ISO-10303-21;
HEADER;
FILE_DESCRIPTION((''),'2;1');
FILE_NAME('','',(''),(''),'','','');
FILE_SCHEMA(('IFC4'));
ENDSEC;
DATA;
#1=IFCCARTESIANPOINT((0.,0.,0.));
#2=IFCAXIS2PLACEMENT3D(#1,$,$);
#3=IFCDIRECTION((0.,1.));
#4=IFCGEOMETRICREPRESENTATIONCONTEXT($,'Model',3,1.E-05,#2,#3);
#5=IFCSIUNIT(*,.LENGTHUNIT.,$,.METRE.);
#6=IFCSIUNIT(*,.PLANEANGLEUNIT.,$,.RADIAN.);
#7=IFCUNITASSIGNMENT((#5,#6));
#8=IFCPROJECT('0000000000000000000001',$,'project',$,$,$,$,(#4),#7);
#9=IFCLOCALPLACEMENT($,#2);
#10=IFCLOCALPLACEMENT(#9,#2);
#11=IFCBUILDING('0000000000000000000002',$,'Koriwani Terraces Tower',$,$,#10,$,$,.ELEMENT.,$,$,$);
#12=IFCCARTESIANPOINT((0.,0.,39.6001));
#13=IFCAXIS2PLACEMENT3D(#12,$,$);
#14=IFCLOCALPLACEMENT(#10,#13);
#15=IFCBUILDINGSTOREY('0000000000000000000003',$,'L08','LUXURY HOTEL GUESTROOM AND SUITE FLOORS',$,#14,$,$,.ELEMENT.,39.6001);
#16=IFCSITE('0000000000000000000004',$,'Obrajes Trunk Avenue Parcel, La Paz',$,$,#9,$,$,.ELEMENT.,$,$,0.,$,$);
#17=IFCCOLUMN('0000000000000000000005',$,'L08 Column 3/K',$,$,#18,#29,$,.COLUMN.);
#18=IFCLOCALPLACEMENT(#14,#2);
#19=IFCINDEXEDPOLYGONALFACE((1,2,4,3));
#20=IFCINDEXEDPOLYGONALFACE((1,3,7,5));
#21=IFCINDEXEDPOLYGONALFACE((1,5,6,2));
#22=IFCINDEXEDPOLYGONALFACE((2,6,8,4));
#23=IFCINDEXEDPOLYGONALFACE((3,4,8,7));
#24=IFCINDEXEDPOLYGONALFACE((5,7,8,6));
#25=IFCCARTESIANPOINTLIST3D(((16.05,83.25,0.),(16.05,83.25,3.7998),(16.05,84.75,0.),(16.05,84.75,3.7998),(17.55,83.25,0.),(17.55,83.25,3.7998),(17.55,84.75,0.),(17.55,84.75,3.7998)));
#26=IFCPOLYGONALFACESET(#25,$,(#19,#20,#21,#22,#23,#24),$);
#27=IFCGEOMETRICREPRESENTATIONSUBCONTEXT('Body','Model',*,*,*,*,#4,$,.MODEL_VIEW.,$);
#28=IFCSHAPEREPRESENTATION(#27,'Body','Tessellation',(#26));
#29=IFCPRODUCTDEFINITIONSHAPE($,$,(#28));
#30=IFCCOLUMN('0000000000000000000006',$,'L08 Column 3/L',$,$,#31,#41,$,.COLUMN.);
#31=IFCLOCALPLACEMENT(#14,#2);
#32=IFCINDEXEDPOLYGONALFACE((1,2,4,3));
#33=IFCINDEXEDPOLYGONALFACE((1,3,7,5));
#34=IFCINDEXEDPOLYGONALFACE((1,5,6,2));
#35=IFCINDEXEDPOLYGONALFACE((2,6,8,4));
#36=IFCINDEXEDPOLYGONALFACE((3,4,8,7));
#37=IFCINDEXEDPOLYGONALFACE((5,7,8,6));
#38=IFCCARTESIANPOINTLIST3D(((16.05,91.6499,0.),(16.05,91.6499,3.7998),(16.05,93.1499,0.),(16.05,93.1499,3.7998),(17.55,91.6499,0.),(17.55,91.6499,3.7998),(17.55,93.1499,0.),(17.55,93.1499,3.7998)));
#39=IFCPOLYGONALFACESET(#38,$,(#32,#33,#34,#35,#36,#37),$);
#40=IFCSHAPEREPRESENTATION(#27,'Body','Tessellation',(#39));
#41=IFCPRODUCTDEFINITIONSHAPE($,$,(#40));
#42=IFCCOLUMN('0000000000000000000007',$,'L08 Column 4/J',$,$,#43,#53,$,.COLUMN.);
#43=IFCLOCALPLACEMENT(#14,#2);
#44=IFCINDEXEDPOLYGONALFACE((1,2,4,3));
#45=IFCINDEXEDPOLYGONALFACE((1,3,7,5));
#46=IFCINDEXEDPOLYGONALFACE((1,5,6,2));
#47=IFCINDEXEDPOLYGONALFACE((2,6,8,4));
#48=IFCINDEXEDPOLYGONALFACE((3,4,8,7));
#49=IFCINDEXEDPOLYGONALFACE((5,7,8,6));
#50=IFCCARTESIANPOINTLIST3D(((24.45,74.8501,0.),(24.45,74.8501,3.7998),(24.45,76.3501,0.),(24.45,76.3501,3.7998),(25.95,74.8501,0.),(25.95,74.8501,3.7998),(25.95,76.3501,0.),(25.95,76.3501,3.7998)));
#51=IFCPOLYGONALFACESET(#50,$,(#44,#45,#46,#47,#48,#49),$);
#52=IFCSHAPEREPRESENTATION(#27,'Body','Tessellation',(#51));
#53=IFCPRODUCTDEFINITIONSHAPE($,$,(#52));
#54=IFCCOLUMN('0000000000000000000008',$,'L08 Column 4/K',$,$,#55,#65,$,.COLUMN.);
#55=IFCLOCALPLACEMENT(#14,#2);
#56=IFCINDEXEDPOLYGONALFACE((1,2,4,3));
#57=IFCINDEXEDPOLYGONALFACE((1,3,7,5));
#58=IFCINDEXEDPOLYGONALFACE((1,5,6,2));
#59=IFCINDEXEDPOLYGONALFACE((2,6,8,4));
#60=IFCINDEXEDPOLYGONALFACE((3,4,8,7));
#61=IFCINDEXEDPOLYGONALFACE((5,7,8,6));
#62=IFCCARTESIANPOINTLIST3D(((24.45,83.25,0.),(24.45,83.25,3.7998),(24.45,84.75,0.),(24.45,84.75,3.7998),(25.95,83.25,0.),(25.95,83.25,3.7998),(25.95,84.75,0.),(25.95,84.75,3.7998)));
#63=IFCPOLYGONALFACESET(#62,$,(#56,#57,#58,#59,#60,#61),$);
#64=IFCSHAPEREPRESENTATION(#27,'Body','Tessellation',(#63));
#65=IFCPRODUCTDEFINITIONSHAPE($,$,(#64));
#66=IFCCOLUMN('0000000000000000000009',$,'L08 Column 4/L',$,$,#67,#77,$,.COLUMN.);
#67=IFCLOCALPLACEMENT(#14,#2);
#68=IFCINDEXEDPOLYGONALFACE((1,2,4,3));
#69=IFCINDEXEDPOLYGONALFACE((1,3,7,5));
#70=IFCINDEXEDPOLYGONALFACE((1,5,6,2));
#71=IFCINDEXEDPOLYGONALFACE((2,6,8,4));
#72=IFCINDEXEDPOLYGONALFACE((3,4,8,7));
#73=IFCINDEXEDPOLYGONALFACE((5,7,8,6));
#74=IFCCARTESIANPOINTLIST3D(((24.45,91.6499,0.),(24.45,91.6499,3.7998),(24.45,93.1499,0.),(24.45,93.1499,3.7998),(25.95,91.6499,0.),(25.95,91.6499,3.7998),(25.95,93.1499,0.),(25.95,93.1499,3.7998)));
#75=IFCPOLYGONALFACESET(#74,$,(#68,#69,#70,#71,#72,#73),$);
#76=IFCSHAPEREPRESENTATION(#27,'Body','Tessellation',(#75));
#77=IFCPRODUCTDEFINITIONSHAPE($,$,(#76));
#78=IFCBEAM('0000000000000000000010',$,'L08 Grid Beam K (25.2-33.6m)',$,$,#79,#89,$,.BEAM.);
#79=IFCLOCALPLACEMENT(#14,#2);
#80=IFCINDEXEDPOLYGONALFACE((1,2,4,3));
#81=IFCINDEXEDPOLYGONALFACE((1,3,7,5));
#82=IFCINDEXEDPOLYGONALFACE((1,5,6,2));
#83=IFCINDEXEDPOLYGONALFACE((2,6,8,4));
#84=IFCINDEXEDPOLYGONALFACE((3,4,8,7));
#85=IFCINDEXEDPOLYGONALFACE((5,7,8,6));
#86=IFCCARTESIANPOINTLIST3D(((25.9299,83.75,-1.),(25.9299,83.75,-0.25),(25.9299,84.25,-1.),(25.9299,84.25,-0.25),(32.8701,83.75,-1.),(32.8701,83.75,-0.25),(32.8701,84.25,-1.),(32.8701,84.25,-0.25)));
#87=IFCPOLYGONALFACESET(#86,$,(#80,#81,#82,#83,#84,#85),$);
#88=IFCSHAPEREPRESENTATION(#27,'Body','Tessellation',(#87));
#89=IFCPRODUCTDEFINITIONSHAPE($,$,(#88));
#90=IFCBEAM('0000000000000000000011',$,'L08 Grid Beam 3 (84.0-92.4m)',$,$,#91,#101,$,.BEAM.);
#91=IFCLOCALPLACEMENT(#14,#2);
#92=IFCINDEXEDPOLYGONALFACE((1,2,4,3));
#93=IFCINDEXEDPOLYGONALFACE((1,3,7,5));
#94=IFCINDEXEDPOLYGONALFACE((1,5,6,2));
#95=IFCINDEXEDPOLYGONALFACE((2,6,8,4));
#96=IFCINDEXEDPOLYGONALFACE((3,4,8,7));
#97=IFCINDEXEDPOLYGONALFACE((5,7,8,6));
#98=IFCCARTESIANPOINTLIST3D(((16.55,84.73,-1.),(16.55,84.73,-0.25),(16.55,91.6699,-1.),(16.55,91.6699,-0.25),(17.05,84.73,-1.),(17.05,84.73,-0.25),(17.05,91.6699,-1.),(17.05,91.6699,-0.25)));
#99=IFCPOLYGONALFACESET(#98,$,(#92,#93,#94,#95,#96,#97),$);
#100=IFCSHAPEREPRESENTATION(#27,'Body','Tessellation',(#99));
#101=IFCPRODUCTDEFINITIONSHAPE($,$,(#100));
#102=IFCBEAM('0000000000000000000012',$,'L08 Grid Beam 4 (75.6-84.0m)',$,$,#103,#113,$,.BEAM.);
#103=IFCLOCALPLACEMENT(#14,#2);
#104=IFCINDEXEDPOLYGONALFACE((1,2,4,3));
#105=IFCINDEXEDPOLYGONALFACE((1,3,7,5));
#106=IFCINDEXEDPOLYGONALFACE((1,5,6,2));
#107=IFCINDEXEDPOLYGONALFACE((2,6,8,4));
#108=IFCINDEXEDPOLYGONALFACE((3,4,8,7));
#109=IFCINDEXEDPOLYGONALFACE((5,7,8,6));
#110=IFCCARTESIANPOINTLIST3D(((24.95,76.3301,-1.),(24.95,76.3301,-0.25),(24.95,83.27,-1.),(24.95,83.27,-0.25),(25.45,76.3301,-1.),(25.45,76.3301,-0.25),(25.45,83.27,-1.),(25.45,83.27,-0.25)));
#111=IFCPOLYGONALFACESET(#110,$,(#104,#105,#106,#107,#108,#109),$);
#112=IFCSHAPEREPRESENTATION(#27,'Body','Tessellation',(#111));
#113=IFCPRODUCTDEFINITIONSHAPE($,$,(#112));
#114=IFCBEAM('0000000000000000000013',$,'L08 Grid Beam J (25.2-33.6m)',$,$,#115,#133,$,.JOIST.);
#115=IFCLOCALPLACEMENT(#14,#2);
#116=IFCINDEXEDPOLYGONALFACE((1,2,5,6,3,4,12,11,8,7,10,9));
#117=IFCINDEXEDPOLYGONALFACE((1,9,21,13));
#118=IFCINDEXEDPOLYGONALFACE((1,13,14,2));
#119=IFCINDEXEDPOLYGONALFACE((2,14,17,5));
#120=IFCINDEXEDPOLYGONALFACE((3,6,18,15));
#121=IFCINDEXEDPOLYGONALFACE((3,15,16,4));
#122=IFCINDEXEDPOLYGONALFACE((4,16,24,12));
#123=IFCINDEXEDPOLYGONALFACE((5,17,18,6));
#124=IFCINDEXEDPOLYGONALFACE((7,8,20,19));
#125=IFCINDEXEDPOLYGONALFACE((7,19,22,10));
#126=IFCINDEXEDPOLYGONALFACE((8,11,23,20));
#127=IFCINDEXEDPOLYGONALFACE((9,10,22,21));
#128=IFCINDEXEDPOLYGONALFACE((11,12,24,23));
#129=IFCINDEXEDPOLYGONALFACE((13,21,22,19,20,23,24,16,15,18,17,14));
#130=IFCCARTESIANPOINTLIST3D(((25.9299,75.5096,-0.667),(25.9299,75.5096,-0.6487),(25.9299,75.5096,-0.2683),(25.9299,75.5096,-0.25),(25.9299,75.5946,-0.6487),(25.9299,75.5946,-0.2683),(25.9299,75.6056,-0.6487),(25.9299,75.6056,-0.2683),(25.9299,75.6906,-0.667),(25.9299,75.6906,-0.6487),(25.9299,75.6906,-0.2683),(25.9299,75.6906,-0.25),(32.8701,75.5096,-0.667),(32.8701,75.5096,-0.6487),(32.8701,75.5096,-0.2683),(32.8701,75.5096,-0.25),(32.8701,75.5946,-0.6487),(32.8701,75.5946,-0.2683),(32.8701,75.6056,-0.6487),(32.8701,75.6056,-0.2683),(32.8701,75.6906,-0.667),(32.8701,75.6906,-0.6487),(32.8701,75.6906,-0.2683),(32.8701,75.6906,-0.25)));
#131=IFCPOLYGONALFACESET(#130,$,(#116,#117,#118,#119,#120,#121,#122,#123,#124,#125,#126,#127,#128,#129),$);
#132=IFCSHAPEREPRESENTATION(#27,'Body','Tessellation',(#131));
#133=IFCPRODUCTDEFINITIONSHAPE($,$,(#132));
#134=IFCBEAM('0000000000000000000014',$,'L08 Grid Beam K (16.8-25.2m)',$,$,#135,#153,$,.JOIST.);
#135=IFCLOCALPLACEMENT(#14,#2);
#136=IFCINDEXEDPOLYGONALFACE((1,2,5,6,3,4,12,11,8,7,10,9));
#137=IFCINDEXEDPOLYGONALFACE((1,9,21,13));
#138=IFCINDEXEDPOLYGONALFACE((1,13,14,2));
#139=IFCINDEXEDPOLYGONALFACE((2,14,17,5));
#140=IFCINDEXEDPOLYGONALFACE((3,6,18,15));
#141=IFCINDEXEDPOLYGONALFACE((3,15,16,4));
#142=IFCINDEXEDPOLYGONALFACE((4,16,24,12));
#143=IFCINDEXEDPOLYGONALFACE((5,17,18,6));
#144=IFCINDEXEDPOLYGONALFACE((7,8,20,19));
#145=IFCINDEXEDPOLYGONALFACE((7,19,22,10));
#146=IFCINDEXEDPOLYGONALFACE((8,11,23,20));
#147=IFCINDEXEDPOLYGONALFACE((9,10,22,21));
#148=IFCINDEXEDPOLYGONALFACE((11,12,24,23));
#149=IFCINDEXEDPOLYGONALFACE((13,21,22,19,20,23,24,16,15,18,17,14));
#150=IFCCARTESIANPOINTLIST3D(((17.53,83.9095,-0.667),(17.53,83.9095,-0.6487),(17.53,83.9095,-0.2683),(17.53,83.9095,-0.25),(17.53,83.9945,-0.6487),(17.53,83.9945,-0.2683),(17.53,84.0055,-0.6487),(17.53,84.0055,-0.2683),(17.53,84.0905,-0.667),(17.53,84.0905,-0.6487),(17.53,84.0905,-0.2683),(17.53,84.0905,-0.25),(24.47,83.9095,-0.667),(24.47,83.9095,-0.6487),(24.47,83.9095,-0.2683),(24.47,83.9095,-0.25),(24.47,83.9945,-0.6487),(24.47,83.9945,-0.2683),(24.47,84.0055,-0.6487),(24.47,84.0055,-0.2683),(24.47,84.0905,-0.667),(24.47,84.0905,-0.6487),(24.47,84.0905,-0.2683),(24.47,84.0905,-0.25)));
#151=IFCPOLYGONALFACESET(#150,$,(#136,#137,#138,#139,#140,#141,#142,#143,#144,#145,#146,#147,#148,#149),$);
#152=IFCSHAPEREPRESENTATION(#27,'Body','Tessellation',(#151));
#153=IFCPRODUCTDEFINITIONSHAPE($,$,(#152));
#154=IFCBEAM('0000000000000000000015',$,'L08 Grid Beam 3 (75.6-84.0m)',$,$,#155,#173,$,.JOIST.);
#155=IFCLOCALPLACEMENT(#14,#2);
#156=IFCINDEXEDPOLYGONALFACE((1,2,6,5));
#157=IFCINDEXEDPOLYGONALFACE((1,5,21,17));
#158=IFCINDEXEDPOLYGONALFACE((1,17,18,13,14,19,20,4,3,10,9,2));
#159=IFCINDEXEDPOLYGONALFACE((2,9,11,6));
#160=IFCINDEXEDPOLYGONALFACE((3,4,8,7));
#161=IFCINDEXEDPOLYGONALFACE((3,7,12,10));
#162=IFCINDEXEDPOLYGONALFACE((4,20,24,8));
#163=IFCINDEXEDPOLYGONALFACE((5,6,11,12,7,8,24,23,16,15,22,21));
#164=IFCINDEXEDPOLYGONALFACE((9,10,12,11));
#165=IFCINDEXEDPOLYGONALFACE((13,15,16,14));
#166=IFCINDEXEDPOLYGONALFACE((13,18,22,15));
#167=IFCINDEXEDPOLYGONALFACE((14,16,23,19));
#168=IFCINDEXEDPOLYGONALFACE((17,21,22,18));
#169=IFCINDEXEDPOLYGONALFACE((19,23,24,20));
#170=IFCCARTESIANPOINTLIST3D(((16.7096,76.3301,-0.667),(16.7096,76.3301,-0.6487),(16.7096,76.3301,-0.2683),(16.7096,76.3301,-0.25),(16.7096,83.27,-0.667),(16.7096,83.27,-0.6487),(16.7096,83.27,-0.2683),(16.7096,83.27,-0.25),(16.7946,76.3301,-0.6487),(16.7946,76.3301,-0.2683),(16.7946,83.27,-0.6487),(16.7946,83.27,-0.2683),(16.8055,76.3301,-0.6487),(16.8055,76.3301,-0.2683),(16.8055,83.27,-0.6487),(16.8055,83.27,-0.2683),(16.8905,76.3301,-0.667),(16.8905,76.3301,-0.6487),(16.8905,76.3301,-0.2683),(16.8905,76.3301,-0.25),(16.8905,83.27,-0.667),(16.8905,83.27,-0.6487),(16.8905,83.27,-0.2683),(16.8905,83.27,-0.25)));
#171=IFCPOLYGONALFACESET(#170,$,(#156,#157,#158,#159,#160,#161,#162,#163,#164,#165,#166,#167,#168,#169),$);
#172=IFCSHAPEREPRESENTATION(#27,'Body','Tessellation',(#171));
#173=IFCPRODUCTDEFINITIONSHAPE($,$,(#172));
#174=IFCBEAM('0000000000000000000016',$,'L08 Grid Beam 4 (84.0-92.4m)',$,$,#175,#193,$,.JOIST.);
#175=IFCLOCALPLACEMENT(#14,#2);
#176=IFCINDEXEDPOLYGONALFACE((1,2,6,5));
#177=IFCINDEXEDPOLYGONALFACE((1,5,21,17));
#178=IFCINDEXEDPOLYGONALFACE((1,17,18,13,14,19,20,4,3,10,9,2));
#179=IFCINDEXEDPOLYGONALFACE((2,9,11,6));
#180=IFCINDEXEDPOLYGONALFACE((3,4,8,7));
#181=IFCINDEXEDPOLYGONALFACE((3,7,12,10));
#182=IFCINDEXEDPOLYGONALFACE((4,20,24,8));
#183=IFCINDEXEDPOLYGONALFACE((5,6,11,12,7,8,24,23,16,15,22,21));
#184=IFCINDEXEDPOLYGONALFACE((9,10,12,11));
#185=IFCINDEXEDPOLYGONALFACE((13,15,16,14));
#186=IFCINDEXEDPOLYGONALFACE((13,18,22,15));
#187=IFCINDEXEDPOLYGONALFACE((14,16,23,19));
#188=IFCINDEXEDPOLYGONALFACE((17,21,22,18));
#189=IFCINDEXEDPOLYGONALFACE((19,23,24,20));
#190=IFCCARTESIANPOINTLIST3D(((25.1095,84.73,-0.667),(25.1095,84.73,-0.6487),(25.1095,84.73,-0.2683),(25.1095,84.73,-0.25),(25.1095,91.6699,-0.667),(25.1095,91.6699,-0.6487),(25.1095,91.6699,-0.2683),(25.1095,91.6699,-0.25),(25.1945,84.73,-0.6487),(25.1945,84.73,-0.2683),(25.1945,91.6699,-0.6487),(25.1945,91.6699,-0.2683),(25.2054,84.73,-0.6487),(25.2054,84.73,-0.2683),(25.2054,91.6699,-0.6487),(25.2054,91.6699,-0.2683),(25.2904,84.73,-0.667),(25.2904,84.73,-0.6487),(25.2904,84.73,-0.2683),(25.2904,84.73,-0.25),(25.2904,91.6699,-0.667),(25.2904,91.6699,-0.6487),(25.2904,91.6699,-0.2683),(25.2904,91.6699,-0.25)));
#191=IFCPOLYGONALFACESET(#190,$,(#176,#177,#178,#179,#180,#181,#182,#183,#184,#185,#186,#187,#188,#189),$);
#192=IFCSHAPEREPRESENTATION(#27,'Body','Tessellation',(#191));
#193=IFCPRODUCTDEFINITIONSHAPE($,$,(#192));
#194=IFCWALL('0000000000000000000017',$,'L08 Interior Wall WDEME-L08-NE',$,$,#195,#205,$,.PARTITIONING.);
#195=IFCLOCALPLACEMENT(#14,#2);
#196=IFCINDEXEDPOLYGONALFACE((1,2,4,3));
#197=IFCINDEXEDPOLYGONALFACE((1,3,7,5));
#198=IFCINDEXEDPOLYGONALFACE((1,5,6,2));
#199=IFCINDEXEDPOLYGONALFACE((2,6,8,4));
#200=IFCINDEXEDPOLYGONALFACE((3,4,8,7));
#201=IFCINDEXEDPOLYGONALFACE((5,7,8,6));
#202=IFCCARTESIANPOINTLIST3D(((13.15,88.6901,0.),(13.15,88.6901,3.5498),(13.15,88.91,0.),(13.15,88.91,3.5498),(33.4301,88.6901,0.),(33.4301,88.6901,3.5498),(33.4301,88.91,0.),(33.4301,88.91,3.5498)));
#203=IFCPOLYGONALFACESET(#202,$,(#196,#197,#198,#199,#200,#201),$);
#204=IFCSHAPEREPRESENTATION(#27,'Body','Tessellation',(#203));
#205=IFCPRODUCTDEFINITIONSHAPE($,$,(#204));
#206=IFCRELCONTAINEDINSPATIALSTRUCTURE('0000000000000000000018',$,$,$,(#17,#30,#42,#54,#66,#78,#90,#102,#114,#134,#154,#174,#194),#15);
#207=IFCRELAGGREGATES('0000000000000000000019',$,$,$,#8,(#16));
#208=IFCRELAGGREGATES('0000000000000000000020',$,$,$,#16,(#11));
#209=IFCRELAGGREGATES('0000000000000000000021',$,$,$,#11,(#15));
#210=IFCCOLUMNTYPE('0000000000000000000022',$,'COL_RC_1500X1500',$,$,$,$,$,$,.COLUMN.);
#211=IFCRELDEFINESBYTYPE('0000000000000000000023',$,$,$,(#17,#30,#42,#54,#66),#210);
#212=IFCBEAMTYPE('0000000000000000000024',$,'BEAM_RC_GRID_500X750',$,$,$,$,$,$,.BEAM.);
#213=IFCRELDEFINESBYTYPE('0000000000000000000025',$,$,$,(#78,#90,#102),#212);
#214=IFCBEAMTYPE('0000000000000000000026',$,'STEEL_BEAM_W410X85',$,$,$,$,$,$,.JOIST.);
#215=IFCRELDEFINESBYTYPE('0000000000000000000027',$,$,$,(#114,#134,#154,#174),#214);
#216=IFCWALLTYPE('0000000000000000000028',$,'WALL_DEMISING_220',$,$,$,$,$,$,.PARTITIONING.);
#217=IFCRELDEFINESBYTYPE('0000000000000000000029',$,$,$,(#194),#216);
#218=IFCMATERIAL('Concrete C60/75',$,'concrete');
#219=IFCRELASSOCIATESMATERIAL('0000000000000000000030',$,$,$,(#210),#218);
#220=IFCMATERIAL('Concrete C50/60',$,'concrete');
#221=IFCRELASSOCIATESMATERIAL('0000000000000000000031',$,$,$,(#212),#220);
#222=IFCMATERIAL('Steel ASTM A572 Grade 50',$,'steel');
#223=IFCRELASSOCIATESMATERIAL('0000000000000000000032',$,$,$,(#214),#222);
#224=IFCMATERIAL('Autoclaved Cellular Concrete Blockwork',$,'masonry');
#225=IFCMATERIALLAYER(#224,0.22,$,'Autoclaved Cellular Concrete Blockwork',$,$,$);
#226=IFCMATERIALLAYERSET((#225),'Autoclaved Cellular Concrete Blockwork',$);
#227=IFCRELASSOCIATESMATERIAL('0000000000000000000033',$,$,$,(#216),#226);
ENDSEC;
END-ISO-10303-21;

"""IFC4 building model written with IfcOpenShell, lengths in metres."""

from ifc_helpers import new_model, si_unit, direction, frame, frame_2d, origin, origin_2d, place, context, subcontext, project, spatial, rectangle, i_section, extrude, material, layer, layer_set, material_profile, profile_set, type_object, element, save


model = new_model("IFC4")

# Units and contexts
model_context = context("Model", 3, precision=1e-05, world=origin(), true_north=direction((0.0, 1.0)))
body_context = subcontext(model_context, "Body", "Model", "MODEL_VIEW")
ifc_project = project(units=[si_unit("LENGTHUNIT", "METRE"), si_unit("PLANEANGLEUNIT", "RADIAN")], contexts=[model_context])

# Site, building, storey
site_placement = place(None, origin())
site = spatial("IfcSite", under=ifc_project, at=site_placement, Name="Obrajes Trunk Avenue Parcel, La Paz", CompositionType="ELEMENT", RefElevation=0.0)
building_placement = place(site_placement, origin())
building = spatial("IfcBuilding", under=site, at=building_placement, Name="Koriwani Terraces Tower", CompositionType="ELEMENT")
storey_placement = place(building_placement, frame((0.0, 0.0, 39.6001)))
storey = spatial("IfcBuildingStorey", under=building, at=storey_placement, Name="L08", Description="LUXURY HOTEL GUESTROOM AND SUITE FLOORS", CompositionType="ELEMENT", Elevation=39.6001)

# Columns
ifc_material_1 = material(Name="Concrete C60/75", Category="concrete")
ifc_material_profile_1 = material_profile(ifc_material_1, rectangle(XDim=1.5, YDim=1.5, at=origin_2d()), Name="Concrete C60/75", Category="LoadBearing")
ifc_profile_set_1 = profile_set([ifc_material_profile_1], Name="Concrete C60/75")
column_type = type_object("IfcColumnType", Name="COL_RC_1500X1500", PredefinedType="COLUMN", material=ifc_profile_set_1)
for number, where, z_axis, x_axis, name in (
    (1, (16.8, 84.0, 0.0), (0.0, 0.0, 1.0), (1.0, 0.0, 0.0), "L08 Column 3/K"),
    (2, (16.8, 92.3999, 0.0), (0.0, 0.0, 1.0), (1.0, 0.0, 0.0), "L08 Column 3/L"),
    (3, (25.2, 75.6001, 0.0), (0.0, 0.0, 1.0), (1.0, 0.0, 0.0), "L08 Column 4/J"),
    (4, (25.2, 84.0, 0.0), (0.0, 0.0, 1.0), (1.0, 0.0, 0.0), "L08 Column 4/K"),
    (5, (25.2, 92.3999, 0.0), (0.0, 0.0, 1.0), (1.0, 0.0, 0.0), "L08 Column 4/L"),
):
    element("IfcColumn", number, at=place(storey_placement, frame(where, z_axis=z_axis, x_axis=x_axis)), inside=storey, type_object=column_type, Name=name, PredefinedType="COLUMN", context=body_context, shape_type="SweptSolid", body=[
        extrude(rectangle(XDim=1.5, YDim=1.5, at=origin_2d()), origin(), (0.0, 0.0, 1.0), 3.7998),
    ])

# Beams
ifc_material_2 = material(Name="Concrete C50/60", Category="concrete")
ifc_material_profile_2 = material_profile(ifc_material_2, rectangle(XDim=0.5, YDim=0.75, at=origin_2d()), Name="Concrete C50/60", Category="LoadBearing")
ifc_profile_set_2 = profile_set([ifc_material_profile_2], Name="Concrete C50/60")
beam_type_1 = type_object("IfcBeamType", Name="BEAM_RC_GRID_500X750", PredefinedType="BEAM", material=ifc_profile_set_2)
beam_1_placement = place(storey_placement, frame((25.9299, 84.0, -0.625), z_axis=(1.0, 0.0, 0.0), x_axis=(0.0, 1.0, 0.0)))
element("IfcBeam", 6, at=beam_1_placement, inside=storey, type_object=beam_type_1, Name="L08 Grid Beam K (25.2-33.6m)", PredefinedType="BEAM", context=body_context, shape_type="SweptSolid", body=[
    extrude(rectangle(XDim=0.5, YDim=0.75, at=origin_2d()), origin(), (0.0, 0.0, 1.0), 6.9402),
])
for number, where, z_axis, x_axis, name in (
    (7, (16.8, 84.73, -0.625), (0.0, 1.0, 0.0), (-1.0, 0.0, 0.0), "L08 Grid Beam 3 (84.0-92.4m)"),
    (8, (25.2, 76.3301, -0.625), (0.0, 1.0, 0.0), (-1.0, 0.0, 0.0), "L08 Grid Beam 4 (75.6-84.0m)"),
):
    element("IfcBeam", number, at=place(storey_placement, frame(where, z_axis=z_axis, x_axis=x_axis)), inside=storey, type_object=beam_type_1, Name=name, PredefinedType="BEAM", context=body_context, shape_type="SweptSolid", body=[
        extrude(rectangle(XDim=0.5, YDim=0.75, at=origin_2d()), origin(), (0.0, 0.0, 1.0), 6.9399),
    ])
ifc_material_3 = material(Name="Steel ASTM A572 Grade 50", Category="steel")
ifc_material_profile_3 = material_profile(ifc_material_3, i_section(OverallWidth=0.1809, OverallDepth=0.417, WebThickness=0.011, FlangeThickness=0.0183, at=origin_2d()), Name="Steel ASTM A572 Grade 50", Category="LoadBearing")
ifc_profile_set_3 = profile_set([ifc_material_profile_3], Name="Steel ASTM A572 Grade 50")
beam_type_2 = type_object("IfcBeamType", Name="STEEL_BEAM_W410X85", PredefinedType="JOIST", material=ifc_profile_set_3)
beam_2_placement = place(storey_placement, frame((25.9299, 75.6001, -0.4585), z_axis=(1.0, 0.0, 0.0), x_axis=(0.0, 1.0, 0.0)))
element("IfcBeam", 9, at=beam_2_placement, inside=storey, type_object=beam_type_2, Name="L08 Grid Beam J (25.2-33.6m)", PredefinedType="JOIST", context=body_context, shape_type="SweptSolid", body=[
    extrude(i_section(OverallWidth=0.1809, OverallDepth=0.417, WebThickness=0.011, FlangeThickness=0.0183, at=origin_2d()), origin(), (0.0, 0.0, 1.0), 6.9402),
])
for number, where, z_axis, x_axis, name in (
    (10, (17.53, 84.0, -0.4585), (1.0, 0.0, 0.0), (0.0, 1.0, 0.0), "L08 Grid Beam K (16.8-25.2m)"),
    (11, (16.8, 76.3301, -0.4585), (0.0, 1.0, 0.0), (-1.0, 0.0, 0.0), "L08 Grid Beam 3 (75.6-84.0m)"),
    (12, (25.2, 84.73, -0.4585), (0.0, 1.0, 0.0), (-1.0, 0.0, 0.0), "L08 Grid Beam 4 (84.0-92.4m)"),
):
    element("IfcBeam", number, at=place(storey_placement, frame(where, z_axis=z_axis, x_axis=x_axis)), inside=storey, type_object=beam_type_2, Name=name, PredefinedType="JOIST", context=body_context, shape_type="SweptSolid", body=[
        extrude(i_section(OverallWidth=0.1809, OverallDepth=0.417, WebThickness=0.011, FlangeThickness=0.0183, at=origin_2d()), origin(), (0.0, 0.0, 1.0), 6.9399),
    ])

# Wall
ifc_material_4 = material(Name="Autoclaved Cellular Concrete Blockwork", Category="masonry")
ifc_layer_1 = layer(ifc_material_4, 0.22, Name="Autoclaved Cellular Concrete Blockwork")
ifc_layer_set_1 = layer_set([ifc_layer_1], Name="Autoclaved Cellular Concrete Blockwork")
wall_type_1 = type_object("IfcWallType", Name="WALL_DEMISING_220", PredefinedType="PARTITIONING", material=ifc_layer_set_1)
wall_1_placement = place(storey_placement, frame((13.1499, 88.8, 0.0), z_axis=(0.0, 0.0, 1.0), x_axis=(1.0, 0.0, 0.0)))
element("IfcWall", 13, at=wall_1_placement, inside=storey, type_object=wall_type_1, Name="L08 Interior Wall WDEME-L08-NE", PredefinedType="PARTITIONING", context=body_context, shape_type="SweptSolid", body=[
    extrude(rectangle(XDim=20.28, YDim=0.22, at=frame_2d((10.1401, 0.0))), origin(), (0.0, 0.0, 1.0), 3.5498),
])

save(model, "model.ifc")
